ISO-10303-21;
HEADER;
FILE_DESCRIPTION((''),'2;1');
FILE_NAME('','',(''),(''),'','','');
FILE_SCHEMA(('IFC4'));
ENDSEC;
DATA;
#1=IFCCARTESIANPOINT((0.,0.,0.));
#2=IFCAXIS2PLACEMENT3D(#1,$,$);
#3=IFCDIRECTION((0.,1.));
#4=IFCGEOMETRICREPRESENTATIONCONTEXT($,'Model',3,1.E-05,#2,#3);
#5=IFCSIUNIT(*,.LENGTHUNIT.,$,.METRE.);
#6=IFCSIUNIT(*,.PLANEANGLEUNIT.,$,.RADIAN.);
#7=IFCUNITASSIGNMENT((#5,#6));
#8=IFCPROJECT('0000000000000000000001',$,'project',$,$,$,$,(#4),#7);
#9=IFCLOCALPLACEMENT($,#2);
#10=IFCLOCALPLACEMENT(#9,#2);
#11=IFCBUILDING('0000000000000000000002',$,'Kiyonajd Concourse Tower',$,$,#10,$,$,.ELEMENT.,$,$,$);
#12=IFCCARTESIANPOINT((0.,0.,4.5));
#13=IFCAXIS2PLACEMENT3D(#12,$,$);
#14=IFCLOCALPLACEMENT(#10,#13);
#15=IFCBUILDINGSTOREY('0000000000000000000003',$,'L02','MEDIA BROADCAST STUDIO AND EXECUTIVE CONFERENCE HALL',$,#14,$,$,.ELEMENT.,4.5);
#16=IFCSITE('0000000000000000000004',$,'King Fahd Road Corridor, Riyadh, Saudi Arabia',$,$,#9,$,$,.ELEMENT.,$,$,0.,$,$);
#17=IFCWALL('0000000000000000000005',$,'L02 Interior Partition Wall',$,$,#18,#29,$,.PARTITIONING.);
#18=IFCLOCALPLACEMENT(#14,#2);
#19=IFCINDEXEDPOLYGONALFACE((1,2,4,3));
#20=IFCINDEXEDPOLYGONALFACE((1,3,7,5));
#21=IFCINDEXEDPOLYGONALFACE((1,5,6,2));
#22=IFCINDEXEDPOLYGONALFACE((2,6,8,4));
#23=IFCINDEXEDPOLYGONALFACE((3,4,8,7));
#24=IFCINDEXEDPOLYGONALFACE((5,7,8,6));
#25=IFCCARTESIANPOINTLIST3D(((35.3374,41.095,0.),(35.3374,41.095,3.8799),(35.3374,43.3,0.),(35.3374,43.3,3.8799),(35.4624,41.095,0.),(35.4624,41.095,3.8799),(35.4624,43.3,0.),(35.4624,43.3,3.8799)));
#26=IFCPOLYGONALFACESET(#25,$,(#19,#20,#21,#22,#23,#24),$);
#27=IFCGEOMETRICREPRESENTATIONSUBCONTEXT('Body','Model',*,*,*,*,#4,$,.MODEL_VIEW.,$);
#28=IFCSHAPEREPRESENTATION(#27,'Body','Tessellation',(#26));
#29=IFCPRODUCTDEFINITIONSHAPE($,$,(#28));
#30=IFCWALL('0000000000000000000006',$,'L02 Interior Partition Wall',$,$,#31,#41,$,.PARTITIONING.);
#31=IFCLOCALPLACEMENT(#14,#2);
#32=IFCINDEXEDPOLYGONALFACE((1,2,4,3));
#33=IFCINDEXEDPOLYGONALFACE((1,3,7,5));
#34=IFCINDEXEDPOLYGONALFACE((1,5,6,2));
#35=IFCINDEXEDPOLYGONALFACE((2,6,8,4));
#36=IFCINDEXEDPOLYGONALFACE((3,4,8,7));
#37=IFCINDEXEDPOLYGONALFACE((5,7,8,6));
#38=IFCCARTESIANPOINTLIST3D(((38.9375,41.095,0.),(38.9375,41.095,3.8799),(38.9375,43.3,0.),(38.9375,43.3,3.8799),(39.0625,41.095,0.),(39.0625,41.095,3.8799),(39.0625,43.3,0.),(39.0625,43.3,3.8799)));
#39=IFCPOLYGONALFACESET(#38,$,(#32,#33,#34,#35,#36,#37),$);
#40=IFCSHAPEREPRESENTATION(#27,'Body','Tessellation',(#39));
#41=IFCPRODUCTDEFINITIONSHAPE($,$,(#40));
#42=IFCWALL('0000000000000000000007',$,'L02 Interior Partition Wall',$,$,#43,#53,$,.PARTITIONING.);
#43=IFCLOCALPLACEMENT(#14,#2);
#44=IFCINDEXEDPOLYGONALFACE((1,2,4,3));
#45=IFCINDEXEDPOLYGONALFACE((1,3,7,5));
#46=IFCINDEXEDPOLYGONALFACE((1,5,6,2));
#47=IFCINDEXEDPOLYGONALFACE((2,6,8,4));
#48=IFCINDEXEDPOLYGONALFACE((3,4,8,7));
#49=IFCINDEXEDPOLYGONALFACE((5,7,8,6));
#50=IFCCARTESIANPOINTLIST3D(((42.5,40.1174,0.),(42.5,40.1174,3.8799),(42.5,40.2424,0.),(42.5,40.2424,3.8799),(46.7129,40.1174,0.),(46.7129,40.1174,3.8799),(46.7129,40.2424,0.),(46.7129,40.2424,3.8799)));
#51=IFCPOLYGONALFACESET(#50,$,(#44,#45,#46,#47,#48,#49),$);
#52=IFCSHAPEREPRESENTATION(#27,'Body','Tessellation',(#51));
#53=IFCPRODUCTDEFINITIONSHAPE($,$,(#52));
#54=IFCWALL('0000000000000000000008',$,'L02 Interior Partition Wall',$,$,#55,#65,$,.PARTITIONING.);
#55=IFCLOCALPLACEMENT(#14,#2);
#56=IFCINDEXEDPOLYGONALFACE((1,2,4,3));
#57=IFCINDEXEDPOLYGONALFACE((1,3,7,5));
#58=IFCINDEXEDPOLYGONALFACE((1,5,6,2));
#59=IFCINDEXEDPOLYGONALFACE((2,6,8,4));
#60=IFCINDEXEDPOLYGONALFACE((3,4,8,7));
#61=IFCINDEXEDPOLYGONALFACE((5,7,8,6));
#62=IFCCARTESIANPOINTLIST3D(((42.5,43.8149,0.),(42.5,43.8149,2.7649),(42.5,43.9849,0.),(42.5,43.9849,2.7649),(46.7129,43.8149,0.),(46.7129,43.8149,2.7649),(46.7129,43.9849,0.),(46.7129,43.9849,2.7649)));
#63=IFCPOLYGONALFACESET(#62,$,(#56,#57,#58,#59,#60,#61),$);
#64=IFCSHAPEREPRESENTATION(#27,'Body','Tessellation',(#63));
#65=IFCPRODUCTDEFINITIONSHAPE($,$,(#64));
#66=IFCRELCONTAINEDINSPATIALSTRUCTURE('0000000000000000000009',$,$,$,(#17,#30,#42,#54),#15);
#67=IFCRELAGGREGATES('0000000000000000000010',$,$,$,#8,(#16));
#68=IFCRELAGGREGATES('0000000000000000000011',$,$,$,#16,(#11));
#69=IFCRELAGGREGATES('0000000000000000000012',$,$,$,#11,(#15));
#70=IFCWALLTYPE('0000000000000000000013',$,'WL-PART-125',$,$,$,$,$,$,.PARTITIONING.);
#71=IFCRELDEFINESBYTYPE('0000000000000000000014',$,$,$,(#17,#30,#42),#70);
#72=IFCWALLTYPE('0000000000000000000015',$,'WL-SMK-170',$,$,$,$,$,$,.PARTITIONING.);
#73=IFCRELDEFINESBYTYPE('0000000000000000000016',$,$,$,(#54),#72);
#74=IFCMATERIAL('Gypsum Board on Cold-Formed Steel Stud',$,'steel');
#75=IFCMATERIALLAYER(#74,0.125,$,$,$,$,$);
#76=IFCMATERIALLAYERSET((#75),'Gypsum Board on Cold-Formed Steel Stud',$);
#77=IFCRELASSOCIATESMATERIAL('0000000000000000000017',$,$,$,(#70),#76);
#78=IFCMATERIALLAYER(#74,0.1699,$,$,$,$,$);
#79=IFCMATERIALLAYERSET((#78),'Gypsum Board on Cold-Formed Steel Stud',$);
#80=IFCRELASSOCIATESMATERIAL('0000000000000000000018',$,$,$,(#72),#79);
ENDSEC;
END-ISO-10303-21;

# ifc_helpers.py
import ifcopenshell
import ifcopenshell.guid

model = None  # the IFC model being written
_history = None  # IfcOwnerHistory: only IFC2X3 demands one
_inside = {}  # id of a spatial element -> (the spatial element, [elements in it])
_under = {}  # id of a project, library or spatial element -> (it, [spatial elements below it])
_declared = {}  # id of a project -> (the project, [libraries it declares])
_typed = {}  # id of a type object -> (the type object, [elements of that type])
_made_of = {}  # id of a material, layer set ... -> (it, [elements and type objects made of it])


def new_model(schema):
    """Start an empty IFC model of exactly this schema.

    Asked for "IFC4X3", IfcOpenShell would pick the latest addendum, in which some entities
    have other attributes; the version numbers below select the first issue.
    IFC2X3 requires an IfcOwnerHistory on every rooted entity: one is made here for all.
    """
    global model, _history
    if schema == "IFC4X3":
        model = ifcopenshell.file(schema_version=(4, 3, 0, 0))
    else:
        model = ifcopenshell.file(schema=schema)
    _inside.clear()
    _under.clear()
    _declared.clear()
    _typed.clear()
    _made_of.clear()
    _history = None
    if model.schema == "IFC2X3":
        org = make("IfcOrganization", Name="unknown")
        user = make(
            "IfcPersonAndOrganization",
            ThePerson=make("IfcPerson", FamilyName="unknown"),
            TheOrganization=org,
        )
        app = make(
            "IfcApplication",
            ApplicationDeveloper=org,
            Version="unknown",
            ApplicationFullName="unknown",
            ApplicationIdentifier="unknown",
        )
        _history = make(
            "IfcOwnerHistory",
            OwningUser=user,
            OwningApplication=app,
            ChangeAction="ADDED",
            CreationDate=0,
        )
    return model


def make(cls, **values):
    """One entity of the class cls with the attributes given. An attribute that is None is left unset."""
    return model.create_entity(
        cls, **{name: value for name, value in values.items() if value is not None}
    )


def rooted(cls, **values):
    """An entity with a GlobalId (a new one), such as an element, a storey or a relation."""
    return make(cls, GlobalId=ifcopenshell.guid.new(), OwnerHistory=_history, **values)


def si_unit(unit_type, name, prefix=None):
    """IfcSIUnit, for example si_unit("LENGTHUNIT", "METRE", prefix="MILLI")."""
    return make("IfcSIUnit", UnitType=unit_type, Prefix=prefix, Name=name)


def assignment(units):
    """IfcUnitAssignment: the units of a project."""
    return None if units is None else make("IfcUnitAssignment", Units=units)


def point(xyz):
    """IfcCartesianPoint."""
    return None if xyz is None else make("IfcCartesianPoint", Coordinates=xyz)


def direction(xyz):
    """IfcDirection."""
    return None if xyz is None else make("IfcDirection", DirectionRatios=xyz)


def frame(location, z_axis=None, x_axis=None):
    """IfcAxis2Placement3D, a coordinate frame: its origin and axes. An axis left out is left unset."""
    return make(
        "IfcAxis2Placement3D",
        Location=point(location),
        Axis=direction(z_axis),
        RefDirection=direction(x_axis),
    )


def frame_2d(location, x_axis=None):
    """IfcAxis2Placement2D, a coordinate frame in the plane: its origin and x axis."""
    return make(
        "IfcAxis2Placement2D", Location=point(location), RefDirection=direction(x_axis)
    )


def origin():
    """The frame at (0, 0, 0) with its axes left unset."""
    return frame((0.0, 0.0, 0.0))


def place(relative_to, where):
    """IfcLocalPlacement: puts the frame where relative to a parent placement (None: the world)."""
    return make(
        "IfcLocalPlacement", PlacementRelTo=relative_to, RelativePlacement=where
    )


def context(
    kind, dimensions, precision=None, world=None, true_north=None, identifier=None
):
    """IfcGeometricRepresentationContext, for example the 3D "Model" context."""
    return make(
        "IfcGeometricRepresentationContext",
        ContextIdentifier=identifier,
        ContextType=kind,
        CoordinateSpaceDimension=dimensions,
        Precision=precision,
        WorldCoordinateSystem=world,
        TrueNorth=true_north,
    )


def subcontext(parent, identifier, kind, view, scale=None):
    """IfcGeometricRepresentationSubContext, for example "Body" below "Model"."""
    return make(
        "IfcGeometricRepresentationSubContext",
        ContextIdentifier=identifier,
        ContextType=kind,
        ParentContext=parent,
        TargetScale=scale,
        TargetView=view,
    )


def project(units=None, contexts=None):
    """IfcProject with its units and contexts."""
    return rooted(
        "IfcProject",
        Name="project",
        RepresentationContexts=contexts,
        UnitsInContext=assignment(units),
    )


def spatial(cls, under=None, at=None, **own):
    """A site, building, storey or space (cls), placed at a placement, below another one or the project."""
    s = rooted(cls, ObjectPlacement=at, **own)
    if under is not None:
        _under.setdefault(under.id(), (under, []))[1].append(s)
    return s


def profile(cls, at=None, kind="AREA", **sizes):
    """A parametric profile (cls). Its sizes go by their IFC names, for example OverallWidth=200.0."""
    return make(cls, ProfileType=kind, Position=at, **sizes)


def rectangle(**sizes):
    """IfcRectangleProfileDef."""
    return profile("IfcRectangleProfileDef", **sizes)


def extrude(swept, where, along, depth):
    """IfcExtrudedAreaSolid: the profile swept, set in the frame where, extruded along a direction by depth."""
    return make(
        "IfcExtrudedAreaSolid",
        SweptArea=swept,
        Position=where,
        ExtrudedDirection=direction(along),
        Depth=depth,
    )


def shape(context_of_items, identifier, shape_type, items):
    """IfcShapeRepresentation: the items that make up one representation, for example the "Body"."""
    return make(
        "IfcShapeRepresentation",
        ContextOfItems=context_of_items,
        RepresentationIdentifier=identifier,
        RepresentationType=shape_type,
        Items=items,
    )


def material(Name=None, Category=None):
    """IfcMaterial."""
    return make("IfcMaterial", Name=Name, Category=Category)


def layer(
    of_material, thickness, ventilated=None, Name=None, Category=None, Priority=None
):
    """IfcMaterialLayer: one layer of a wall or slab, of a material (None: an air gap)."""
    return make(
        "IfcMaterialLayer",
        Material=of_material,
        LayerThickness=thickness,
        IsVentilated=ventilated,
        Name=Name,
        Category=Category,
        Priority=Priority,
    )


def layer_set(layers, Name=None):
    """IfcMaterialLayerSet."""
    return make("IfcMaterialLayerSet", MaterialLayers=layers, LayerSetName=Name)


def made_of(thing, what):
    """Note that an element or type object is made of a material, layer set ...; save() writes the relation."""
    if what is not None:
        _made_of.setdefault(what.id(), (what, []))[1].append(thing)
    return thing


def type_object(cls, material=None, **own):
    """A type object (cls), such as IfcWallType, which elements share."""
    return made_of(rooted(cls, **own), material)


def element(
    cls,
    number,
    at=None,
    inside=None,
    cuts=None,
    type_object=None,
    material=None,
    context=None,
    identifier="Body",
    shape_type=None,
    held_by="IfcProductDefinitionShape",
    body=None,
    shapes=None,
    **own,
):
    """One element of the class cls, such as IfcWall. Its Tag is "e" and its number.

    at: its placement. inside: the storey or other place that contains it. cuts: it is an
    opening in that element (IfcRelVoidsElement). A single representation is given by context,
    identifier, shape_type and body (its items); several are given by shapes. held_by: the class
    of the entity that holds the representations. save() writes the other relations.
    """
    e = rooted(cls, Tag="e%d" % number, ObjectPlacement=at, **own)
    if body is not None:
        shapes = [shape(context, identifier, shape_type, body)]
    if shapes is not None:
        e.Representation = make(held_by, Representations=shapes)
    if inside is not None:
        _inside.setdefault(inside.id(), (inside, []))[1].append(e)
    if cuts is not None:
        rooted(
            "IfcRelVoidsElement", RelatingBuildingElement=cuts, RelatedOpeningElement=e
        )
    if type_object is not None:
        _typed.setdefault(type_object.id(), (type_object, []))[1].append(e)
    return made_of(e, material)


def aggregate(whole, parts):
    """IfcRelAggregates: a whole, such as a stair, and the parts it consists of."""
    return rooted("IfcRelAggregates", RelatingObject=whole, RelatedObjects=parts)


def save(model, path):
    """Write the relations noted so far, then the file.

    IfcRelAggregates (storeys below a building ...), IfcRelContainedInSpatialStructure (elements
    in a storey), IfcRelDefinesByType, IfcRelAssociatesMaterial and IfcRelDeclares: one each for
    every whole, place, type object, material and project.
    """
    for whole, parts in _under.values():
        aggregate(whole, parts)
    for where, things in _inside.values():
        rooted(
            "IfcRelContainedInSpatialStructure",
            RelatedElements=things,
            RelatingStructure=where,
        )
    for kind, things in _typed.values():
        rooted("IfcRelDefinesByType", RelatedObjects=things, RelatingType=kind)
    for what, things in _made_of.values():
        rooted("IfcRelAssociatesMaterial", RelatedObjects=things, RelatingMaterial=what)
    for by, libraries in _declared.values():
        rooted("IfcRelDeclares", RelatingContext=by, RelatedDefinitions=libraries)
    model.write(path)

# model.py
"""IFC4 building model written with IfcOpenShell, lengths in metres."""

from ifc_helpers import new_model, si_unit, direction, frame, frame_2d, origin, place, context, subcontext, project, spatial, rectangle, extrude, material, layer, layer_set, type_object, element, save


model = new_model("IFC4")

# Units and contexts
model_context = context("Model", 3, precision=1e-05, world=origin(), true_north=direction((0.0, 1.0)))
body_context = subcontext(model_context, "Body", "Model", "MODEL_VIEW")
ifc_project = project(units=[si_unit("LENGTHUNIT", "METRE"), si_unit("PLANEANGLEUNIT", "RADIAN")], contexts=[model_context])

# Site, building, storey
site_placement = place(None, origin())
site = spatial("IfcSite", under=ifc_project, at=site_placement, Name="King Fahd Road Corridor, Riyadh, Saudi Arabia", CompositionType="ELEMENT", RefElevation=0.0)
building_placement = place(site_placement, origin())
building = spatial("IfcBuilding", under=site, at=building_placement, Name="Kiyonajd Concourse Tower", CompositionType="ELEMENT")
storey_placement = place(building_placement, frame((0.0, 0.0, 4.5)))
storey = spatial("IfcBuildingStorey", under=building, at=storey_placement, Name="L02", Description="MEDIA BROADCAST STUDIO AND EXECUTIVE CONFERENCE HALL", CompositionType="ELEMENT", Elevation=4.5)

# Walls
ifc_material_1 = material(Name="Gypsum Board on Cold-Formed Steel Stud", Category="steel")
ifc_layer_1 = layer(ifc_material_1, 0.125)
ifc_layer_set_1 = layer_set([ifc_layer_1], Name="Gypsum Board on Cold-Formed Steel Stud")
wall_type_1 = type_object("IfcWallType", Name="WL-PART-125", PredefinedType="PARTITIONING", material=ifc_layer_set_1)
for number, where, z_axis, x_axis, name in (
    (1, (35.3999, 41.095, 0.0), (0.0, 0.0, 1.0), (0.0, 1.0, 0.0), "L02 Interior Partition Wall"),
    (2, (39.0, 41.095, 0.0), (0.0, 0.0, 1.0), (0.0, 1.0, 0.0), "L02 Interior Partition Wall"),
):
    element("IfcWall", number, at=place(storey_placement, frame(where, z_axis=z_axis, x_axis=x_axis)), inside=storey, type_object=wall_type_1, Name=name, PredefinedType="PARTITIONING", context=body_context, shape_type="SweptSolid", body=[
        extrude(rectangle(XDim=2.2051, YDim=0.125, at=frame_2d((1.1025, 0.0))), origin(), (0.0, 0.0, 1.0), 3.8799),
    ])
wall_1_placement = place(storey_placement, frame((42.5, 40.1799, 0.0), z_axis=(0.0, 0.0, 1.0), x_axis=(1.0, 0.0, 0.0)))
element("IfcWall", 3, at=wall_1_placement, inside=storey, type_object=wall_type_1, Name="L02 Interior Partition Wall", PredefinedType="PARTITIONING", context=body_context, shape_type="SweptSolid", body=[
    extrude(rectangle(XDim=4.2129, YDim=0.125, at=frame_2d((2.1064, 0.0))), origin(), (0.0, 0.0, 1.0), 3.8799),
])
ifc_layer_2 = layer(ifc_material_1, 0.1699)
ifc_layer_set_2 = layer_set([ifc_layer_2], Name="Gypsum Board on Cold-Formed Steel Stud")
wall_type_2 = type_object("IfcWallType", Name="WL-SMK-170", PredefinedType="PARTITIONING", material=ifc_layer_set_2)
wall_2_placement = place(storey_placement, frame((42.5, 43.8999, 0.0), z_axis=(0.0, 0.0, 1.0), x_axis=(1.0, 0.0, 0.0)))
element("IfcWall", 4, at=wall_2_placement, inside=storey, type_object=wall_type_2, Name="L02 Interior Partition Wall", PredefinedType="PARTITIONING", context=body_context, shape_type="SweptSolid", body=[
    extrude(rectangle(XDim=4.2129, YDim=0.1699, at=frame_2d((2.1064, 0.0))), origin(), (0.0, 0.0, 1.0), 2.7649),
])

save(model, "model.ifc")
